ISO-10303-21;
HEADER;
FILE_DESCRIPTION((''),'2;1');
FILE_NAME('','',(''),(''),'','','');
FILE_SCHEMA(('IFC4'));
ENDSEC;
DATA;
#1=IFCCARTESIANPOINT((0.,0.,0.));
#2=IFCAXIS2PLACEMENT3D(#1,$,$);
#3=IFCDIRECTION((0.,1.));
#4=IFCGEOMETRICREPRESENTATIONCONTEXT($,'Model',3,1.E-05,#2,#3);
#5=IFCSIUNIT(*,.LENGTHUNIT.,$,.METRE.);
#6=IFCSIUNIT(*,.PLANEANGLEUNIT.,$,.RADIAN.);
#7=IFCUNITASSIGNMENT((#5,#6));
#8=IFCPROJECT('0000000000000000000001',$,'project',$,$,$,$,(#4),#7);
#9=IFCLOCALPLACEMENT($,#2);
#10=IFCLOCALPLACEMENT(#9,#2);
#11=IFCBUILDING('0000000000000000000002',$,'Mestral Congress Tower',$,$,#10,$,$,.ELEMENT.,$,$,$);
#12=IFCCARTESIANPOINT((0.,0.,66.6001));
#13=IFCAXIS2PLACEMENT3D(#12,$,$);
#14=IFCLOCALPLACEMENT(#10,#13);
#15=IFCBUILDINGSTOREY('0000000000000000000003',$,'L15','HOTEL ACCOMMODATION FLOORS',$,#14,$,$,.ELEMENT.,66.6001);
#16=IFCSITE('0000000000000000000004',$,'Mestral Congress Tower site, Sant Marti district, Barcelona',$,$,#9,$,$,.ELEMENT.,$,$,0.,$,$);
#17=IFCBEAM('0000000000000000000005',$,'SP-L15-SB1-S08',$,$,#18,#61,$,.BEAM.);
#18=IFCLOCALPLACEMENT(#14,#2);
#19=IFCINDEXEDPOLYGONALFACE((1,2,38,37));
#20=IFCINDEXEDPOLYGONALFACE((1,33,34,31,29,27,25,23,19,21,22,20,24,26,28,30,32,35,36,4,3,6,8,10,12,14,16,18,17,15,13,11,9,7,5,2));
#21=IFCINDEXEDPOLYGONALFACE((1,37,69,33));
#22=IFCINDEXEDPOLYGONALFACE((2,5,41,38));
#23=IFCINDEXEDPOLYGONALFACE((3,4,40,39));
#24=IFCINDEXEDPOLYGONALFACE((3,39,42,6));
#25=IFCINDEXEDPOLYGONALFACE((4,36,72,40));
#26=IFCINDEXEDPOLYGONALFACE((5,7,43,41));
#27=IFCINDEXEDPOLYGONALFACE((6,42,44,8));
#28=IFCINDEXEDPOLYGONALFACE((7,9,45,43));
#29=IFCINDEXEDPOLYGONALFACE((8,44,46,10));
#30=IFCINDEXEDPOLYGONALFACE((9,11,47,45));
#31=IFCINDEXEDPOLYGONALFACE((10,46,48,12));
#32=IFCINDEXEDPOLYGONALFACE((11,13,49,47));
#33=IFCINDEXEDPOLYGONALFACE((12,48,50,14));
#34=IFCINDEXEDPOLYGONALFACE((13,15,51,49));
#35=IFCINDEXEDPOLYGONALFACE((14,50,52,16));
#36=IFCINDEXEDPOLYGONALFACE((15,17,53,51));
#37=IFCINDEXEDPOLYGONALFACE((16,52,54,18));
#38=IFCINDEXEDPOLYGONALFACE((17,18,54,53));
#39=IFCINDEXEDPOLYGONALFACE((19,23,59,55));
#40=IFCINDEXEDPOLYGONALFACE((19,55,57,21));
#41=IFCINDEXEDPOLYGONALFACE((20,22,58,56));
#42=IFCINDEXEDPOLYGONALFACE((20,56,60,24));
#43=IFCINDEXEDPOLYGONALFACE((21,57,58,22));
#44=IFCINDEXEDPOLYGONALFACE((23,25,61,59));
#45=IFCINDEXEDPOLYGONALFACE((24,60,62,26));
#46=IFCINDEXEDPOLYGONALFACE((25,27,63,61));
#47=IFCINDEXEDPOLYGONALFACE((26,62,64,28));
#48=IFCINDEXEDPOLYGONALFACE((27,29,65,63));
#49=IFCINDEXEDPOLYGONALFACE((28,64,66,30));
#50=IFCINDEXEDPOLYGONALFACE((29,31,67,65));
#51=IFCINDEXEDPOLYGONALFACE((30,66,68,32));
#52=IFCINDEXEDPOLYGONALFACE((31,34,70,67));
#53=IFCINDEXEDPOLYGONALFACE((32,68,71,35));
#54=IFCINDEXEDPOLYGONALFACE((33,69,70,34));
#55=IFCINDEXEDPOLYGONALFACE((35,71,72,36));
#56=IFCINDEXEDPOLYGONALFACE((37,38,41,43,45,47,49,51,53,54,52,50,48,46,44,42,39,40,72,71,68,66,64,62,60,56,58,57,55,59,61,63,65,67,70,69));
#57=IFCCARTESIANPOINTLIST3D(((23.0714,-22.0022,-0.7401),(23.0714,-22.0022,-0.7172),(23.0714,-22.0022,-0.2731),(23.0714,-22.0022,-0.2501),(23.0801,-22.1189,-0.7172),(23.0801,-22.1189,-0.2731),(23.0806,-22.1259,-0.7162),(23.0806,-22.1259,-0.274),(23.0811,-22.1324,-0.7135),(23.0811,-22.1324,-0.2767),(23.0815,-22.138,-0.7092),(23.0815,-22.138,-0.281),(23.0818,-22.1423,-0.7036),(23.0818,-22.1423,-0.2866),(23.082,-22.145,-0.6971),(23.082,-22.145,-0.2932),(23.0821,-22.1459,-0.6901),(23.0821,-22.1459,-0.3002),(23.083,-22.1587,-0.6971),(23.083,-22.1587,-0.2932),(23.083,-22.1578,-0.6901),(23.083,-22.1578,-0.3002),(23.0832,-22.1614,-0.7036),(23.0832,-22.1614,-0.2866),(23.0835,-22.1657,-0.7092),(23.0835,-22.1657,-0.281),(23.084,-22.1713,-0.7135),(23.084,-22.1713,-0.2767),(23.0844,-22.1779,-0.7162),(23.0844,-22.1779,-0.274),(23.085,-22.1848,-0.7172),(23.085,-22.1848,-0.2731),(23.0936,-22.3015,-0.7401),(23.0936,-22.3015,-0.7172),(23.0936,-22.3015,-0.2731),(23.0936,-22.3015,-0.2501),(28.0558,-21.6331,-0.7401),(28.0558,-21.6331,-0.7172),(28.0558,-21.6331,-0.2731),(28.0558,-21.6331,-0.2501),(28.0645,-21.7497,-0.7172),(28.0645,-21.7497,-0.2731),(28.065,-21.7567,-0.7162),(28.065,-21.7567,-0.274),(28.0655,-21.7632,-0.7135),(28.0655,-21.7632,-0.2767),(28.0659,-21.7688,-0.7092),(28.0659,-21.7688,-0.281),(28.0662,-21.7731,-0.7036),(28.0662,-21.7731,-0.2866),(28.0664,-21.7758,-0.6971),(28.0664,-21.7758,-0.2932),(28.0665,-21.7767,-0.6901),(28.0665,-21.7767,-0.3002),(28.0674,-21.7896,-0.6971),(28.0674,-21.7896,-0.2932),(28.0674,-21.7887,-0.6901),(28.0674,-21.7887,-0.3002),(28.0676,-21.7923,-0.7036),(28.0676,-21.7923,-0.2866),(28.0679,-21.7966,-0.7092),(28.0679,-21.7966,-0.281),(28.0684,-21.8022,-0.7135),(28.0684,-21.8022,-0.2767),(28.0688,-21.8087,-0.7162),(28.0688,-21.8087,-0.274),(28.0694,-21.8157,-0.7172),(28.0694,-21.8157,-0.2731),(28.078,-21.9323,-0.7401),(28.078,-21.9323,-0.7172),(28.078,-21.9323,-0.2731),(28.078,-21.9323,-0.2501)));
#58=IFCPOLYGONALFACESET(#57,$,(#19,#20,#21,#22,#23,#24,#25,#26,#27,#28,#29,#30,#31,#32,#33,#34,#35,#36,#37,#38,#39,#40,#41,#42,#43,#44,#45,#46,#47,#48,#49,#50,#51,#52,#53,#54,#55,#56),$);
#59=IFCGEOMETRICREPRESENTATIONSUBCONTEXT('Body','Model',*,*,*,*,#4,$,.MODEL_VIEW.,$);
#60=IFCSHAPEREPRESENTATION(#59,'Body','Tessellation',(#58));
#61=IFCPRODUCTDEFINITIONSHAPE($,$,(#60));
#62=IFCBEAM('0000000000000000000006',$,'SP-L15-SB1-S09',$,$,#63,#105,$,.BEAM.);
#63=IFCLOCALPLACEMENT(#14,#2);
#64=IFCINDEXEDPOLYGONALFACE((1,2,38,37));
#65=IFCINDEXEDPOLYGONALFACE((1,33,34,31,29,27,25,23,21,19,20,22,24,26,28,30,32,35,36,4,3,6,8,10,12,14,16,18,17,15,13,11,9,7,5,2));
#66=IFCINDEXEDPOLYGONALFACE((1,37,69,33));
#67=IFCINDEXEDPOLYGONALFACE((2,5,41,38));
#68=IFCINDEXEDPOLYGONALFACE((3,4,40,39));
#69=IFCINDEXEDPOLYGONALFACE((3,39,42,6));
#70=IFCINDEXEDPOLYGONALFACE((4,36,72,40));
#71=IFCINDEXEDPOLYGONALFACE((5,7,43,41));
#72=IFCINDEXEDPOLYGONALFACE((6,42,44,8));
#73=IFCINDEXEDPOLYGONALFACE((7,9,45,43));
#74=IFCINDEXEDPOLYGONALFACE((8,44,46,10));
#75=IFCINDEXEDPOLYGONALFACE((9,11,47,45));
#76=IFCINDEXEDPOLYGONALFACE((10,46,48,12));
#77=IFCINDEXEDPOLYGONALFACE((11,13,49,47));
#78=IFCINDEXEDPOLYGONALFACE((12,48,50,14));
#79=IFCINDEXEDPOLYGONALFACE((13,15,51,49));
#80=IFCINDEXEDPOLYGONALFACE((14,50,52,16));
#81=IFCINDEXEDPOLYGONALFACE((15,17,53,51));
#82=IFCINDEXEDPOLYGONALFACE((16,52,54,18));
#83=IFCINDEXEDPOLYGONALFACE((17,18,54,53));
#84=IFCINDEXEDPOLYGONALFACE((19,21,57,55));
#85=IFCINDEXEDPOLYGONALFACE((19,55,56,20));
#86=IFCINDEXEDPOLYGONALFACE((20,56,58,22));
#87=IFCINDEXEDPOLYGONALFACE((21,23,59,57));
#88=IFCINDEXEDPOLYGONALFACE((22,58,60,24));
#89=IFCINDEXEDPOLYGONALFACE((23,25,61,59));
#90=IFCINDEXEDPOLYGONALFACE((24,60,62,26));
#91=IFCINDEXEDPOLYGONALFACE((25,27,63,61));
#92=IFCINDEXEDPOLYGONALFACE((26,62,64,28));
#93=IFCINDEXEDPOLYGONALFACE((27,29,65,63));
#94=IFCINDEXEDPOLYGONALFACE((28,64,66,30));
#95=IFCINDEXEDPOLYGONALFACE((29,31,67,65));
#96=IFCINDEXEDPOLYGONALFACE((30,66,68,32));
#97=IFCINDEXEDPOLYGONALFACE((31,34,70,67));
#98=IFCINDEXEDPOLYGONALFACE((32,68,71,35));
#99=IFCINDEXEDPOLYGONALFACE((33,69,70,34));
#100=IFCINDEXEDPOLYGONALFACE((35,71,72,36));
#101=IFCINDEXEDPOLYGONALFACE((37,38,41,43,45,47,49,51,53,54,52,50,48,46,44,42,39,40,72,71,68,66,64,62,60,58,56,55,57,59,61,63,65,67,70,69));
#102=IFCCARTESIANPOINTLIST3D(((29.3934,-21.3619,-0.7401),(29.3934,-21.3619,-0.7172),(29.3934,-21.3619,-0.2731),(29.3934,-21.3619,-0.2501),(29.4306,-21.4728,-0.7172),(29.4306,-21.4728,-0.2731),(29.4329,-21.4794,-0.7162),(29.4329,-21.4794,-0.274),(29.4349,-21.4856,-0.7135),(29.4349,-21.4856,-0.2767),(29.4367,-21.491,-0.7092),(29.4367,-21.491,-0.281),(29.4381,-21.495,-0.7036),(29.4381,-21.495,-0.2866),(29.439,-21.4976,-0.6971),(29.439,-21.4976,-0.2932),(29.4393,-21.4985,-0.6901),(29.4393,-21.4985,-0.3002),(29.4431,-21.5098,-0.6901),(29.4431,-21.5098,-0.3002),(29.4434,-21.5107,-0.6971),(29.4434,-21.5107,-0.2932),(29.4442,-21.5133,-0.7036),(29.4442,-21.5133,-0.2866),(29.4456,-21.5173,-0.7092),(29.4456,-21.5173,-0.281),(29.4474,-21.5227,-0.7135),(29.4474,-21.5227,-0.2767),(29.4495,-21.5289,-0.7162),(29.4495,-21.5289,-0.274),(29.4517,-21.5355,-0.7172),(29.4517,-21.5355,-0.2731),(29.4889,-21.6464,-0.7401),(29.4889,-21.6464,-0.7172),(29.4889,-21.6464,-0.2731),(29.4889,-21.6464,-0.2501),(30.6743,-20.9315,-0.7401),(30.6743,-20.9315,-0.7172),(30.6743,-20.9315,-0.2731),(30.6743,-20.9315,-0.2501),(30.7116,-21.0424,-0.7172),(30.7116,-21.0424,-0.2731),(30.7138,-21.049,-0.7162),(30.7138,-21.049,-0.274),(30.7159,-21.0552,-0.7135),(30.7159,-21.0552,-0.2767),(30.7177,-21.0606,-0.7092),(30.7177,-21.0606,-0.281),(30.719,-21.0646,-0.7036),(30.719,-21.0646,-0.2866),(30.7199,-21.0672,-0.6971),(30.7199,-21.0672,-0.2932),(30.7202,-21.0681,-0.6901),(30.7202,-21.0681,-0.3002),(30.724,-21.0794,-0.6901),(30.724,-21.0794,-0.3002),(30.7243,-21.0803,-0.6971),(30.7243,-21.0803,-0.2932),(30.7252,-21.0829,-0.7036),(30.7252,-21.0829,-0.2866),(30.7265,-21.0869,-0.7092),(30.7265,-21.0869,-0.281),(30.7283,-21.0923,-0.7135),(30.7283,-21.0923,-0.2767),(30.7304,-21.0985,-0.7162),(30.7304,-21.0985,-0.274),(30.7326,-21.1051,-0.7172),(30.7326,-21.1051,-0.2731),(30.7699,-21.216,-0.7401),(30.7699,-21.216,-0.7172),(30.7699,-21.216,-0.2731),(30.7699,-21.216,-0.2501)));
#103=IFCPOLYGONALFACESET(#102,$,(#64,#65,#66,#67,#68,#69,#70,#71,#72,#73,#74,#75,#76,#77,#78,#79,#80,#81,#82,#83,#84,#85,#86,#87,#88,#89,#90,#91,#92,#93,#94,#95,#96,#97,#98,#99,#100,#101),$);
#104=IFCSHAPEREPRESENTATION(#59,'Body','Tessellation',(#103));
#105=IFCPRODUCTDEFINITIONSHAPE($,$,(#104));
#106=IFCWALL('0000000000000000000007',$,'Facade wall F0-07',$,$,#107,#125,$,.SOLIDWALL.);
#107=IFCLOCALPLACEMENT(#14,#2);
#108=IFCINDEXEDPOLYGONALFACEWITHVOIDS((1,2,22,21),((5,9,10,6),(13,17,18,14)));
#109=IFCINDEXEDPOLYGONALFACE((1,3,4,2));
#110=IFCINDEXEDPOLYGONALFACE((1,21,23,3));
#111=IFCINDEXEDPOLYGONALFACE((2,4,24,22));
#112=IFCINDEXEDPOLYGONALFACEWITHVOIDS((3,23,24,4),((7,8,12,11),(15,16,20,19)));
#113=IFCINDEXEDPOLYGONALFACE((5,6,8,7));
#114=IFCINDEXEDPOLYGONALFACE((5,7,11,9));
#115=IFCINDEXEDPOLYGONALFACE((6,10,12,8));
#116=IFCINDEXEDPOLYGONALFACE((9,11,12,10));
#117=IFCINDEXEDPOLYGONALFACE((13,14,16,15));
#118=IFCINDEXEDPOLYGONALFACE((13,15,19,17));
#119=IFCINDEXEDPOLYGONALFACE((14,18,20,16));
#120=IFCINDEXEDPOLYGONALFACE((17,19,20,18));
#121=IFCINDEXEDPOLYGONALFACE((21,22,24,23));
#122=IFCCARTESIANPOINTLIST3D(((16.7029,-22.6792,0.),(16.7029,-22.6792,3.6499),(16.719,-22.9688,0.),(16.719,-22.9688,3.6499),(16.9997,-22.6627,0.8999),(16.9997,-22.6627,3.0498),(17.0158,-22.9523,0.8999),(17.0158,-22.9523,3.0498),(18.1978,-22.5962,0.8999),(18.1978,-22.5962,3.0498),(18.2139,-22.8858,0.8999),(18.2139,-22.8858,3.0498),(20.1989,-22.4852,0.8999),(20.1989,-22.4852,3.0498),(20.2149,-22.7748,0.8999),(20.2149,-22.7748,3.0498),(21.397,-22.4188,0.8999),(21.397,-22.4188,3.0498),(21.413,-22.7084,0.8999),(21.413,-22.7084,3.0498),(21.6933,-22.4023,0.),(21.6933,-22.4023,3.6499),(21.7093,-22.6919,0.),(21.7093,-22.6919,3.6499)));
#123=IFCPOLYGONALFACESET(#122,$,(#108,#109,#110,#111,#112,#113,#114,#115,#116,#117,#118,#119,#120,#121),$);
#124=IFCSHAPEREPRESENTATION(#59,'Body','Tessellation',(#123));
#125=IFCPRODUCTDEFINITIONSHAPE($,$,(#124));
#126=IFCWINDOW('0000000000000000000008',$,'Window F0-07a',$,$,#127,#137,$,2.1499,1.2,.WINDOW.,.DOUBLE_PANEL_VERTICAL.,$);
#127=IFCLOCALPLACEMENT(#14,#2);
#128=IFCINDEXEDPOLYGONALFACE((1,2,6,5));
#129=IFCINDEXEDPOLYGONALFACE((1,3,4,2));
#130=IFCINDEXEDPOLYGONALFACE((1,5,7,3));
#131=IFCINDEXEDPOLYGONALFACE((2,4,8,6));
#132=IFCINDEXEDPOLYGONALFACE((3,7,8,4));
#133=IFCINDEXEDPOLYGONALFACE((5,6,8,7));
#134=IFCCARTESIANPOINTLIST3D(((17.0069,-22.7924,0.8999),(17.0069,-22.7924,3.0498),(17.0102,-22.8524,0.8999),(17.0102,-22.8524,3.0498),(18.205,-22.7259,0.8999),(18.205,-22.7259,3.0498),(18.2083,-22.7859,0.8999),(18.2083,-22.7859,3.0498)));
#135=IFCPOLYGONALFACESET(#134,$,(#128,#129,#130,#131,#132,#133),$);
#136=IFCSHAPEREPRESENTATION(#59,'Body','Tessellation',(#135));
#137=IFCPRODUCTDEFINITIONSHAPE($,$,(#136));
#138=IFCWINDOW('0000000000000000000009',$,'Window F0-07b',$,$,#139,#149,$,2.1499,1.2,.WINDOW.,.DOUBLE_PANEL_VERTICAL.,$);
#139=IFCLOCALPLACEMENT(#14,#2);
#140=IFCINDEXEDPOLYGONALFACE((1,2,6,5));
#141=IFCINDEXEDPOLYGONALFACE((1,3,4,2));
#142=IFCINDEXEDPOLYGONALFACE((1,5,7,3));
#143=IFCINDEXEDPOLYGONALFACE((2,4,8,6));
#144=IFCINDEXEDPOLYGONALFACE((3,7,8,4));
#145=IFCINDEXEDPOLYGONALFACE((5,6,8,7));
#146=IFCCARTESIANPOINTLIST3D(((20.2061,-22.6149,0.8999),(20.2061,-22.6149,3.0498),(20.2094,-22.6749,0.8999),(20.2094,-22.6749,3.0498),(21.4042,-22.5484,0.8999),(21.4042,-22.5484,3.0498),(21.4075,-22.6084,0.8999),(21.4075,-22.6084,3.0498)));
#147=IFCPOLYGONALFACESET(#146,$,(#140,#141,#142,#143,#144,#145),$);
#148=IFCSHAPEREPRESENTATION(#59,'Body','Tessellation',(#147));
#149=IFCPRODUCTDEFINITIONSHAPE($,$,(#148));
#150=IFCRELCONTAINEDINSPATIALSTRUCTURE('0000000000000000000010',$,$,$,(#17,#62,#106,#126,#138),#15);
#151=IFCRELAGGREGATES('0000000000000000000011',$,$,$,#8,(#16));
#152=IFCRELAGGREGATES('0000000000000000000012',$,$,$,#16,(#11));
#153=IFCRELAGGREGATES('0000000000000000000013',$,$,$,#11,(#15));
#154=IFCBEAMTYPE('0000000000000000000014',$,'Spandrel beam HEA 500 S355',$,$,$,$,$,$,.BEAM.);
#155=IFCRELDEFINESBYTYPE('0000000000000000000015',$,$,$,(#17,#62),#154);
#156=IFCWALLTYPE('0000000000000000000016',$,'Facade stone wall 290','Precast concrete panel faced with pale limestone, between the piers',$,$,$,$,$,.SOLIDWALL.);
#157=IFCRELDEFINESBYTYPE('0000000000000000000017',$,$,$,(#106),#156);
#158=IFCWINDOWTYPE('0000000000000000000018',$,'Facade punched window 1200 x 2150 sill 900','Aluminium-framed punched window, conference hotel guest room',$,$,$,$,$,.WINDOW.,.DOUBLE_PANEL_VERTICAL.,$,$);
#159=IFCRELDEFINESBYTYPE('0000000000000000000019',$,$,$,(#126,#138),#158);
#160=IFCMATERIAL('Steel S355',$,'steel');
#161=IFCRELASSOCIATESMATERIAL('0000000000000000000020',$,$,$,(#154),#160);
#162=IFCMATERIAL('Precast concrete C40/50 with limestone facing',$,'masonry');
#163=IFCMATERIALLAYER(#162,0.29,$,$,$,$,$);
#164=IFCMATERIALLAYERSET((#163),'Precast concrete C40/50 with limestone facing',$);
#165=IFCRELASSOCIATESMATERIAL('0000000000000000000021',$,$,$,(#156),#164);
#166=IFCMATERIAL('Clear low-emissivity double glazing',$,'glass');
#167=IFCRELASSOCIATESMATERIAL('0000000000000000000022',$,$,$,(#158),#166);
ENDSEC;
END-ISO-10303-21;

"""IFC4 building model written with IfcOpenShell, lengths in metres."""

from ifc_helpers import new_model, si_unit, direction, frame, frame_2d, origin, origin_2d, place, context, subcontext, project, spatial, rectangle, i_section, extrude, material, layer, layer_set, material_profile, profile_set, type_object, element, fill, save


model = new_model("IFC4")

# Units and contexts
model_context = context("Model", 3, precision=1e-05, world=origin(), true_north=direction((0.0, 1.0)))
body_context = subcontext(model_context, "Body", "Model", "MODEL_VIEW")
ifc_project = project(units=[si_unit("LENGTHUNIT", "METRE"), si_unit("PLANEANGLEUNIT", "RADIAN")], contexts=[model_context])

# Site, building, storey
site_placement = place(None, origin())
site = spatial("IfcSite", under=ifc_project, at=site_placement, Name="Mestral Congress Tower site, Sant Marti district, Barcelona", CompositionType="ELEMENT", RefElevation=0.0)
building_placement = place(site_placement, origin())
building = spatial("IfcBuilding", under=site, at=building_placement, Name="Mestral Congress Tower", CompositionType="ELEMENT")
storey_placement = place(building_placement, frame((0.0, 0.0, 66.6001)))
storey = spatial("IfcBuildingStorey", under=building, at=storey_placement, Name="L15", Description="HOTEL ACCOMMODATION FLOORS", CompositionType="ELEMENT", Elevation=66.6001)

# Beams
ifc_material_1 = material(Name="Steel S355", Category="steel")
ifc_material_profile_1 = material_profile(ifc_material_1, i_section(OverallWidth=0.3, OverallDepth=0.49, WebThickness=0.012, FlangeThickness=0.0229, FilletRadius=0.0271, at=origin_2d()), Name="HEA 500")
ifc_profile_set_1 = profile_set([ifc_material_profile_1], Name="Steel S355")
beam_type_1 = type_object("IfcBeamType", Name="Spandrel beam HEA 500 S355", PredefinedType="BEAM", material=ifc_profile_set_1)
beam_1_placement = place(storey_placement, frame((23.0825, -22.1519, -0.4951), z_axis=(0.997269, 0.073857, 0.0), x_axis=(-0.073857, 0.997269, 0.0)))
element("IfcBeam", 1, at=beam_1_placement, inside=storey, type_object=beam_type_1, Name="SP-L15-SB1-S08", PredefinedType="BEAM", context=body_context, shape_type="SweptSolid", body=[
    extrude(i_section(OverallWidth=0.3, OverallDepth=0.49, WebThickness=0.012, FlangeThickness=0.0229, FilletRadius=0.0271, at=origin_2d()), origin(), (0.0, 0.0, 1.0), 4.998),
])
beam_2_placement = place(storey_placement, frame((29.4412, -21.5042, -0.4951), z_axis=(0.947922, 0.318503, 0.0), x_axis=(-0.318503, 0.947922, 0.0)))
element("IfcBeam", 2, at=beam_2_placement, inside=storey, type_object=beam_type_1, Name="SP-L15-SB1-S09", PredefinedType="BEAM", context=body_context, shape_type="SweptSolid", body=[
    extrude(i_section(OverallWidth=0.3, OverallDepth=0.49, WebThickness=0.012, FlangeThickness=0.0229, FilletRadius=0.0271, at=origin_2d()), origin(), (0.0, 0.0, 1.0), 1.3513),
])

# Wall, openings, windows
ifc_material_2 = material(Name="Precast concrete C40/50 with limestone facing", Category="masonry")
ifc_layer_1 = layer(ifc_material_2, 0.29)
ifc_layer_set_1 = layer_set([ifc_layer_1], Name="Precast concrete C40/50 with limestone facing")
wall_type_1 = type_object("IfcWallType", Name="Facade stone wall 290", Description="Precast concrete panel faced with pale limestone, between the piers", PredefinedType="SOLIDWALL", material=ifc_layer_set_1)
wall_1_placement = place(storey_placement, frame((16.7109, -22.824, 0.0), z_axis=(0.0, 0.0, 1.0), x_axis=(0.998465, 0.055392, 0.0)))
wall_1 = element("IfcWall", 3, at=wall_1_placement, inside=storey, type_object=wall_type_1, Name="Facade wall F0-07", PredefinedType="SOLIDWALL", context=body_context, shape_type="SweptSolid", body=[
    extrude(rectangle(XDim=4.998, YDim=0.29, at=frame_2d((2.499, 0.0))), origin(), (0.0, 0.0, 1.0), 3.6499),
])
opening_1_placement = place(wall_1_placement, frame((0.2971, 0.0, 0.8999)))
opening_1 = element("IfcOpeningElement", 4, at=opening_1_placement, cuts=wall_1, PredefinedType="OPENING", context=body_context, shape_type="SweptSolid", body=[
    extrude(rectangle(XDim=1.2, YDim=2.1499, at=frame_2d((0.6001, 1.075))), frame((0.0, 0.155, 0.0), z_axis=(0.0, -1.0, 0.0), x_axis=(1.0, 0.0, 0.0)), (0.0, 0.0, 1.0), 0.3101),
])
opening_2_placement = place(wall_1_placement, frame((3.5012, 0.0, 0.8999)))
opening_2 = element("IfcOpeningElement", 5, at=opening_2_placement, cuts=wall_1, PredefinedType="OPENING", context=body_context, shape_type="SweptSolid", body=[
    extrude(rectangle(XDim=1.2, YDim=2.1499, at=frame_2d((0.6001, 1.075))), frame((0.0, 0.155, 0.0), z_axis=(0.0, -1.0, 0.0), x_axis=(1.0, 0.0, 0.0)), (0.0, 0.0, 1.0), 0.3101),
])
ifc_material_3 = material(Name="Clear low-emissivity double glazing", Category="glass")
window_type_1 = type_object("IfcWindowType", Name="Facade punched window 1200 x 2150 sill 900", Description="Aluminium-framed punched window, conference hotel guest room", PartitioningType="DOUBLE_PANEL_VERTICAL", PredefinedType="WINDOW", material=ifc_material_3)
window_1_placement = place(opening_1_placement, origin())
window_1 = element("IfcWindow", 6, at=window_1_placement, inside=storey, type_object=window_type_1, Name="Window F0-07a", OverallHeight=2.1499, OverallWidth=1.2, PartitioningType="DOUBLE_PANEL_VERTICAL", PredefinedType="WINDOW", context=body_context, shape_type="SweptSolid", body=[
    extrude(rectangle(XDim=1.2, YDim=2.1499, at=frame_2d((0.6001, 1.075))), frame((0.0, 0.0151, 0.0), z_axis=(0.0, -1.0, 0.0), x_axis=(1.0, 0.0, 0.0)), (0.0, 0.0, 1.0), 0.0601),
])
fill(opening_1, window_1)
window_2_placement = place(opening_2_placement, origin())
window_2 = element("IfcWindow", 7, at=window_2_placement, inside=storey, type_object=window_type_1, Name="Window F0-07b", OverallHeight=2.1499, OverallWidth=1.2, PartitioningType="DOUBLE_PANEL_VERTICAL", PredefinedType="WINDOW", context=body_context, shape_type="SweptSolid", body=[
    extrude(rectangle(XDim=1.2, YDim=2.1499, at=frame_2d((0.6001, 1.075))), frame((0.0, 0.0151, 0.0), z_axis=(0.0, -1.0, 0.0), x_axis=(1.0, 0.0, 0.0)), (0.0, 0.0, 1.0), 0.0601),
])
fill(opening_2, window_2)

save(model, "model.ifc")
